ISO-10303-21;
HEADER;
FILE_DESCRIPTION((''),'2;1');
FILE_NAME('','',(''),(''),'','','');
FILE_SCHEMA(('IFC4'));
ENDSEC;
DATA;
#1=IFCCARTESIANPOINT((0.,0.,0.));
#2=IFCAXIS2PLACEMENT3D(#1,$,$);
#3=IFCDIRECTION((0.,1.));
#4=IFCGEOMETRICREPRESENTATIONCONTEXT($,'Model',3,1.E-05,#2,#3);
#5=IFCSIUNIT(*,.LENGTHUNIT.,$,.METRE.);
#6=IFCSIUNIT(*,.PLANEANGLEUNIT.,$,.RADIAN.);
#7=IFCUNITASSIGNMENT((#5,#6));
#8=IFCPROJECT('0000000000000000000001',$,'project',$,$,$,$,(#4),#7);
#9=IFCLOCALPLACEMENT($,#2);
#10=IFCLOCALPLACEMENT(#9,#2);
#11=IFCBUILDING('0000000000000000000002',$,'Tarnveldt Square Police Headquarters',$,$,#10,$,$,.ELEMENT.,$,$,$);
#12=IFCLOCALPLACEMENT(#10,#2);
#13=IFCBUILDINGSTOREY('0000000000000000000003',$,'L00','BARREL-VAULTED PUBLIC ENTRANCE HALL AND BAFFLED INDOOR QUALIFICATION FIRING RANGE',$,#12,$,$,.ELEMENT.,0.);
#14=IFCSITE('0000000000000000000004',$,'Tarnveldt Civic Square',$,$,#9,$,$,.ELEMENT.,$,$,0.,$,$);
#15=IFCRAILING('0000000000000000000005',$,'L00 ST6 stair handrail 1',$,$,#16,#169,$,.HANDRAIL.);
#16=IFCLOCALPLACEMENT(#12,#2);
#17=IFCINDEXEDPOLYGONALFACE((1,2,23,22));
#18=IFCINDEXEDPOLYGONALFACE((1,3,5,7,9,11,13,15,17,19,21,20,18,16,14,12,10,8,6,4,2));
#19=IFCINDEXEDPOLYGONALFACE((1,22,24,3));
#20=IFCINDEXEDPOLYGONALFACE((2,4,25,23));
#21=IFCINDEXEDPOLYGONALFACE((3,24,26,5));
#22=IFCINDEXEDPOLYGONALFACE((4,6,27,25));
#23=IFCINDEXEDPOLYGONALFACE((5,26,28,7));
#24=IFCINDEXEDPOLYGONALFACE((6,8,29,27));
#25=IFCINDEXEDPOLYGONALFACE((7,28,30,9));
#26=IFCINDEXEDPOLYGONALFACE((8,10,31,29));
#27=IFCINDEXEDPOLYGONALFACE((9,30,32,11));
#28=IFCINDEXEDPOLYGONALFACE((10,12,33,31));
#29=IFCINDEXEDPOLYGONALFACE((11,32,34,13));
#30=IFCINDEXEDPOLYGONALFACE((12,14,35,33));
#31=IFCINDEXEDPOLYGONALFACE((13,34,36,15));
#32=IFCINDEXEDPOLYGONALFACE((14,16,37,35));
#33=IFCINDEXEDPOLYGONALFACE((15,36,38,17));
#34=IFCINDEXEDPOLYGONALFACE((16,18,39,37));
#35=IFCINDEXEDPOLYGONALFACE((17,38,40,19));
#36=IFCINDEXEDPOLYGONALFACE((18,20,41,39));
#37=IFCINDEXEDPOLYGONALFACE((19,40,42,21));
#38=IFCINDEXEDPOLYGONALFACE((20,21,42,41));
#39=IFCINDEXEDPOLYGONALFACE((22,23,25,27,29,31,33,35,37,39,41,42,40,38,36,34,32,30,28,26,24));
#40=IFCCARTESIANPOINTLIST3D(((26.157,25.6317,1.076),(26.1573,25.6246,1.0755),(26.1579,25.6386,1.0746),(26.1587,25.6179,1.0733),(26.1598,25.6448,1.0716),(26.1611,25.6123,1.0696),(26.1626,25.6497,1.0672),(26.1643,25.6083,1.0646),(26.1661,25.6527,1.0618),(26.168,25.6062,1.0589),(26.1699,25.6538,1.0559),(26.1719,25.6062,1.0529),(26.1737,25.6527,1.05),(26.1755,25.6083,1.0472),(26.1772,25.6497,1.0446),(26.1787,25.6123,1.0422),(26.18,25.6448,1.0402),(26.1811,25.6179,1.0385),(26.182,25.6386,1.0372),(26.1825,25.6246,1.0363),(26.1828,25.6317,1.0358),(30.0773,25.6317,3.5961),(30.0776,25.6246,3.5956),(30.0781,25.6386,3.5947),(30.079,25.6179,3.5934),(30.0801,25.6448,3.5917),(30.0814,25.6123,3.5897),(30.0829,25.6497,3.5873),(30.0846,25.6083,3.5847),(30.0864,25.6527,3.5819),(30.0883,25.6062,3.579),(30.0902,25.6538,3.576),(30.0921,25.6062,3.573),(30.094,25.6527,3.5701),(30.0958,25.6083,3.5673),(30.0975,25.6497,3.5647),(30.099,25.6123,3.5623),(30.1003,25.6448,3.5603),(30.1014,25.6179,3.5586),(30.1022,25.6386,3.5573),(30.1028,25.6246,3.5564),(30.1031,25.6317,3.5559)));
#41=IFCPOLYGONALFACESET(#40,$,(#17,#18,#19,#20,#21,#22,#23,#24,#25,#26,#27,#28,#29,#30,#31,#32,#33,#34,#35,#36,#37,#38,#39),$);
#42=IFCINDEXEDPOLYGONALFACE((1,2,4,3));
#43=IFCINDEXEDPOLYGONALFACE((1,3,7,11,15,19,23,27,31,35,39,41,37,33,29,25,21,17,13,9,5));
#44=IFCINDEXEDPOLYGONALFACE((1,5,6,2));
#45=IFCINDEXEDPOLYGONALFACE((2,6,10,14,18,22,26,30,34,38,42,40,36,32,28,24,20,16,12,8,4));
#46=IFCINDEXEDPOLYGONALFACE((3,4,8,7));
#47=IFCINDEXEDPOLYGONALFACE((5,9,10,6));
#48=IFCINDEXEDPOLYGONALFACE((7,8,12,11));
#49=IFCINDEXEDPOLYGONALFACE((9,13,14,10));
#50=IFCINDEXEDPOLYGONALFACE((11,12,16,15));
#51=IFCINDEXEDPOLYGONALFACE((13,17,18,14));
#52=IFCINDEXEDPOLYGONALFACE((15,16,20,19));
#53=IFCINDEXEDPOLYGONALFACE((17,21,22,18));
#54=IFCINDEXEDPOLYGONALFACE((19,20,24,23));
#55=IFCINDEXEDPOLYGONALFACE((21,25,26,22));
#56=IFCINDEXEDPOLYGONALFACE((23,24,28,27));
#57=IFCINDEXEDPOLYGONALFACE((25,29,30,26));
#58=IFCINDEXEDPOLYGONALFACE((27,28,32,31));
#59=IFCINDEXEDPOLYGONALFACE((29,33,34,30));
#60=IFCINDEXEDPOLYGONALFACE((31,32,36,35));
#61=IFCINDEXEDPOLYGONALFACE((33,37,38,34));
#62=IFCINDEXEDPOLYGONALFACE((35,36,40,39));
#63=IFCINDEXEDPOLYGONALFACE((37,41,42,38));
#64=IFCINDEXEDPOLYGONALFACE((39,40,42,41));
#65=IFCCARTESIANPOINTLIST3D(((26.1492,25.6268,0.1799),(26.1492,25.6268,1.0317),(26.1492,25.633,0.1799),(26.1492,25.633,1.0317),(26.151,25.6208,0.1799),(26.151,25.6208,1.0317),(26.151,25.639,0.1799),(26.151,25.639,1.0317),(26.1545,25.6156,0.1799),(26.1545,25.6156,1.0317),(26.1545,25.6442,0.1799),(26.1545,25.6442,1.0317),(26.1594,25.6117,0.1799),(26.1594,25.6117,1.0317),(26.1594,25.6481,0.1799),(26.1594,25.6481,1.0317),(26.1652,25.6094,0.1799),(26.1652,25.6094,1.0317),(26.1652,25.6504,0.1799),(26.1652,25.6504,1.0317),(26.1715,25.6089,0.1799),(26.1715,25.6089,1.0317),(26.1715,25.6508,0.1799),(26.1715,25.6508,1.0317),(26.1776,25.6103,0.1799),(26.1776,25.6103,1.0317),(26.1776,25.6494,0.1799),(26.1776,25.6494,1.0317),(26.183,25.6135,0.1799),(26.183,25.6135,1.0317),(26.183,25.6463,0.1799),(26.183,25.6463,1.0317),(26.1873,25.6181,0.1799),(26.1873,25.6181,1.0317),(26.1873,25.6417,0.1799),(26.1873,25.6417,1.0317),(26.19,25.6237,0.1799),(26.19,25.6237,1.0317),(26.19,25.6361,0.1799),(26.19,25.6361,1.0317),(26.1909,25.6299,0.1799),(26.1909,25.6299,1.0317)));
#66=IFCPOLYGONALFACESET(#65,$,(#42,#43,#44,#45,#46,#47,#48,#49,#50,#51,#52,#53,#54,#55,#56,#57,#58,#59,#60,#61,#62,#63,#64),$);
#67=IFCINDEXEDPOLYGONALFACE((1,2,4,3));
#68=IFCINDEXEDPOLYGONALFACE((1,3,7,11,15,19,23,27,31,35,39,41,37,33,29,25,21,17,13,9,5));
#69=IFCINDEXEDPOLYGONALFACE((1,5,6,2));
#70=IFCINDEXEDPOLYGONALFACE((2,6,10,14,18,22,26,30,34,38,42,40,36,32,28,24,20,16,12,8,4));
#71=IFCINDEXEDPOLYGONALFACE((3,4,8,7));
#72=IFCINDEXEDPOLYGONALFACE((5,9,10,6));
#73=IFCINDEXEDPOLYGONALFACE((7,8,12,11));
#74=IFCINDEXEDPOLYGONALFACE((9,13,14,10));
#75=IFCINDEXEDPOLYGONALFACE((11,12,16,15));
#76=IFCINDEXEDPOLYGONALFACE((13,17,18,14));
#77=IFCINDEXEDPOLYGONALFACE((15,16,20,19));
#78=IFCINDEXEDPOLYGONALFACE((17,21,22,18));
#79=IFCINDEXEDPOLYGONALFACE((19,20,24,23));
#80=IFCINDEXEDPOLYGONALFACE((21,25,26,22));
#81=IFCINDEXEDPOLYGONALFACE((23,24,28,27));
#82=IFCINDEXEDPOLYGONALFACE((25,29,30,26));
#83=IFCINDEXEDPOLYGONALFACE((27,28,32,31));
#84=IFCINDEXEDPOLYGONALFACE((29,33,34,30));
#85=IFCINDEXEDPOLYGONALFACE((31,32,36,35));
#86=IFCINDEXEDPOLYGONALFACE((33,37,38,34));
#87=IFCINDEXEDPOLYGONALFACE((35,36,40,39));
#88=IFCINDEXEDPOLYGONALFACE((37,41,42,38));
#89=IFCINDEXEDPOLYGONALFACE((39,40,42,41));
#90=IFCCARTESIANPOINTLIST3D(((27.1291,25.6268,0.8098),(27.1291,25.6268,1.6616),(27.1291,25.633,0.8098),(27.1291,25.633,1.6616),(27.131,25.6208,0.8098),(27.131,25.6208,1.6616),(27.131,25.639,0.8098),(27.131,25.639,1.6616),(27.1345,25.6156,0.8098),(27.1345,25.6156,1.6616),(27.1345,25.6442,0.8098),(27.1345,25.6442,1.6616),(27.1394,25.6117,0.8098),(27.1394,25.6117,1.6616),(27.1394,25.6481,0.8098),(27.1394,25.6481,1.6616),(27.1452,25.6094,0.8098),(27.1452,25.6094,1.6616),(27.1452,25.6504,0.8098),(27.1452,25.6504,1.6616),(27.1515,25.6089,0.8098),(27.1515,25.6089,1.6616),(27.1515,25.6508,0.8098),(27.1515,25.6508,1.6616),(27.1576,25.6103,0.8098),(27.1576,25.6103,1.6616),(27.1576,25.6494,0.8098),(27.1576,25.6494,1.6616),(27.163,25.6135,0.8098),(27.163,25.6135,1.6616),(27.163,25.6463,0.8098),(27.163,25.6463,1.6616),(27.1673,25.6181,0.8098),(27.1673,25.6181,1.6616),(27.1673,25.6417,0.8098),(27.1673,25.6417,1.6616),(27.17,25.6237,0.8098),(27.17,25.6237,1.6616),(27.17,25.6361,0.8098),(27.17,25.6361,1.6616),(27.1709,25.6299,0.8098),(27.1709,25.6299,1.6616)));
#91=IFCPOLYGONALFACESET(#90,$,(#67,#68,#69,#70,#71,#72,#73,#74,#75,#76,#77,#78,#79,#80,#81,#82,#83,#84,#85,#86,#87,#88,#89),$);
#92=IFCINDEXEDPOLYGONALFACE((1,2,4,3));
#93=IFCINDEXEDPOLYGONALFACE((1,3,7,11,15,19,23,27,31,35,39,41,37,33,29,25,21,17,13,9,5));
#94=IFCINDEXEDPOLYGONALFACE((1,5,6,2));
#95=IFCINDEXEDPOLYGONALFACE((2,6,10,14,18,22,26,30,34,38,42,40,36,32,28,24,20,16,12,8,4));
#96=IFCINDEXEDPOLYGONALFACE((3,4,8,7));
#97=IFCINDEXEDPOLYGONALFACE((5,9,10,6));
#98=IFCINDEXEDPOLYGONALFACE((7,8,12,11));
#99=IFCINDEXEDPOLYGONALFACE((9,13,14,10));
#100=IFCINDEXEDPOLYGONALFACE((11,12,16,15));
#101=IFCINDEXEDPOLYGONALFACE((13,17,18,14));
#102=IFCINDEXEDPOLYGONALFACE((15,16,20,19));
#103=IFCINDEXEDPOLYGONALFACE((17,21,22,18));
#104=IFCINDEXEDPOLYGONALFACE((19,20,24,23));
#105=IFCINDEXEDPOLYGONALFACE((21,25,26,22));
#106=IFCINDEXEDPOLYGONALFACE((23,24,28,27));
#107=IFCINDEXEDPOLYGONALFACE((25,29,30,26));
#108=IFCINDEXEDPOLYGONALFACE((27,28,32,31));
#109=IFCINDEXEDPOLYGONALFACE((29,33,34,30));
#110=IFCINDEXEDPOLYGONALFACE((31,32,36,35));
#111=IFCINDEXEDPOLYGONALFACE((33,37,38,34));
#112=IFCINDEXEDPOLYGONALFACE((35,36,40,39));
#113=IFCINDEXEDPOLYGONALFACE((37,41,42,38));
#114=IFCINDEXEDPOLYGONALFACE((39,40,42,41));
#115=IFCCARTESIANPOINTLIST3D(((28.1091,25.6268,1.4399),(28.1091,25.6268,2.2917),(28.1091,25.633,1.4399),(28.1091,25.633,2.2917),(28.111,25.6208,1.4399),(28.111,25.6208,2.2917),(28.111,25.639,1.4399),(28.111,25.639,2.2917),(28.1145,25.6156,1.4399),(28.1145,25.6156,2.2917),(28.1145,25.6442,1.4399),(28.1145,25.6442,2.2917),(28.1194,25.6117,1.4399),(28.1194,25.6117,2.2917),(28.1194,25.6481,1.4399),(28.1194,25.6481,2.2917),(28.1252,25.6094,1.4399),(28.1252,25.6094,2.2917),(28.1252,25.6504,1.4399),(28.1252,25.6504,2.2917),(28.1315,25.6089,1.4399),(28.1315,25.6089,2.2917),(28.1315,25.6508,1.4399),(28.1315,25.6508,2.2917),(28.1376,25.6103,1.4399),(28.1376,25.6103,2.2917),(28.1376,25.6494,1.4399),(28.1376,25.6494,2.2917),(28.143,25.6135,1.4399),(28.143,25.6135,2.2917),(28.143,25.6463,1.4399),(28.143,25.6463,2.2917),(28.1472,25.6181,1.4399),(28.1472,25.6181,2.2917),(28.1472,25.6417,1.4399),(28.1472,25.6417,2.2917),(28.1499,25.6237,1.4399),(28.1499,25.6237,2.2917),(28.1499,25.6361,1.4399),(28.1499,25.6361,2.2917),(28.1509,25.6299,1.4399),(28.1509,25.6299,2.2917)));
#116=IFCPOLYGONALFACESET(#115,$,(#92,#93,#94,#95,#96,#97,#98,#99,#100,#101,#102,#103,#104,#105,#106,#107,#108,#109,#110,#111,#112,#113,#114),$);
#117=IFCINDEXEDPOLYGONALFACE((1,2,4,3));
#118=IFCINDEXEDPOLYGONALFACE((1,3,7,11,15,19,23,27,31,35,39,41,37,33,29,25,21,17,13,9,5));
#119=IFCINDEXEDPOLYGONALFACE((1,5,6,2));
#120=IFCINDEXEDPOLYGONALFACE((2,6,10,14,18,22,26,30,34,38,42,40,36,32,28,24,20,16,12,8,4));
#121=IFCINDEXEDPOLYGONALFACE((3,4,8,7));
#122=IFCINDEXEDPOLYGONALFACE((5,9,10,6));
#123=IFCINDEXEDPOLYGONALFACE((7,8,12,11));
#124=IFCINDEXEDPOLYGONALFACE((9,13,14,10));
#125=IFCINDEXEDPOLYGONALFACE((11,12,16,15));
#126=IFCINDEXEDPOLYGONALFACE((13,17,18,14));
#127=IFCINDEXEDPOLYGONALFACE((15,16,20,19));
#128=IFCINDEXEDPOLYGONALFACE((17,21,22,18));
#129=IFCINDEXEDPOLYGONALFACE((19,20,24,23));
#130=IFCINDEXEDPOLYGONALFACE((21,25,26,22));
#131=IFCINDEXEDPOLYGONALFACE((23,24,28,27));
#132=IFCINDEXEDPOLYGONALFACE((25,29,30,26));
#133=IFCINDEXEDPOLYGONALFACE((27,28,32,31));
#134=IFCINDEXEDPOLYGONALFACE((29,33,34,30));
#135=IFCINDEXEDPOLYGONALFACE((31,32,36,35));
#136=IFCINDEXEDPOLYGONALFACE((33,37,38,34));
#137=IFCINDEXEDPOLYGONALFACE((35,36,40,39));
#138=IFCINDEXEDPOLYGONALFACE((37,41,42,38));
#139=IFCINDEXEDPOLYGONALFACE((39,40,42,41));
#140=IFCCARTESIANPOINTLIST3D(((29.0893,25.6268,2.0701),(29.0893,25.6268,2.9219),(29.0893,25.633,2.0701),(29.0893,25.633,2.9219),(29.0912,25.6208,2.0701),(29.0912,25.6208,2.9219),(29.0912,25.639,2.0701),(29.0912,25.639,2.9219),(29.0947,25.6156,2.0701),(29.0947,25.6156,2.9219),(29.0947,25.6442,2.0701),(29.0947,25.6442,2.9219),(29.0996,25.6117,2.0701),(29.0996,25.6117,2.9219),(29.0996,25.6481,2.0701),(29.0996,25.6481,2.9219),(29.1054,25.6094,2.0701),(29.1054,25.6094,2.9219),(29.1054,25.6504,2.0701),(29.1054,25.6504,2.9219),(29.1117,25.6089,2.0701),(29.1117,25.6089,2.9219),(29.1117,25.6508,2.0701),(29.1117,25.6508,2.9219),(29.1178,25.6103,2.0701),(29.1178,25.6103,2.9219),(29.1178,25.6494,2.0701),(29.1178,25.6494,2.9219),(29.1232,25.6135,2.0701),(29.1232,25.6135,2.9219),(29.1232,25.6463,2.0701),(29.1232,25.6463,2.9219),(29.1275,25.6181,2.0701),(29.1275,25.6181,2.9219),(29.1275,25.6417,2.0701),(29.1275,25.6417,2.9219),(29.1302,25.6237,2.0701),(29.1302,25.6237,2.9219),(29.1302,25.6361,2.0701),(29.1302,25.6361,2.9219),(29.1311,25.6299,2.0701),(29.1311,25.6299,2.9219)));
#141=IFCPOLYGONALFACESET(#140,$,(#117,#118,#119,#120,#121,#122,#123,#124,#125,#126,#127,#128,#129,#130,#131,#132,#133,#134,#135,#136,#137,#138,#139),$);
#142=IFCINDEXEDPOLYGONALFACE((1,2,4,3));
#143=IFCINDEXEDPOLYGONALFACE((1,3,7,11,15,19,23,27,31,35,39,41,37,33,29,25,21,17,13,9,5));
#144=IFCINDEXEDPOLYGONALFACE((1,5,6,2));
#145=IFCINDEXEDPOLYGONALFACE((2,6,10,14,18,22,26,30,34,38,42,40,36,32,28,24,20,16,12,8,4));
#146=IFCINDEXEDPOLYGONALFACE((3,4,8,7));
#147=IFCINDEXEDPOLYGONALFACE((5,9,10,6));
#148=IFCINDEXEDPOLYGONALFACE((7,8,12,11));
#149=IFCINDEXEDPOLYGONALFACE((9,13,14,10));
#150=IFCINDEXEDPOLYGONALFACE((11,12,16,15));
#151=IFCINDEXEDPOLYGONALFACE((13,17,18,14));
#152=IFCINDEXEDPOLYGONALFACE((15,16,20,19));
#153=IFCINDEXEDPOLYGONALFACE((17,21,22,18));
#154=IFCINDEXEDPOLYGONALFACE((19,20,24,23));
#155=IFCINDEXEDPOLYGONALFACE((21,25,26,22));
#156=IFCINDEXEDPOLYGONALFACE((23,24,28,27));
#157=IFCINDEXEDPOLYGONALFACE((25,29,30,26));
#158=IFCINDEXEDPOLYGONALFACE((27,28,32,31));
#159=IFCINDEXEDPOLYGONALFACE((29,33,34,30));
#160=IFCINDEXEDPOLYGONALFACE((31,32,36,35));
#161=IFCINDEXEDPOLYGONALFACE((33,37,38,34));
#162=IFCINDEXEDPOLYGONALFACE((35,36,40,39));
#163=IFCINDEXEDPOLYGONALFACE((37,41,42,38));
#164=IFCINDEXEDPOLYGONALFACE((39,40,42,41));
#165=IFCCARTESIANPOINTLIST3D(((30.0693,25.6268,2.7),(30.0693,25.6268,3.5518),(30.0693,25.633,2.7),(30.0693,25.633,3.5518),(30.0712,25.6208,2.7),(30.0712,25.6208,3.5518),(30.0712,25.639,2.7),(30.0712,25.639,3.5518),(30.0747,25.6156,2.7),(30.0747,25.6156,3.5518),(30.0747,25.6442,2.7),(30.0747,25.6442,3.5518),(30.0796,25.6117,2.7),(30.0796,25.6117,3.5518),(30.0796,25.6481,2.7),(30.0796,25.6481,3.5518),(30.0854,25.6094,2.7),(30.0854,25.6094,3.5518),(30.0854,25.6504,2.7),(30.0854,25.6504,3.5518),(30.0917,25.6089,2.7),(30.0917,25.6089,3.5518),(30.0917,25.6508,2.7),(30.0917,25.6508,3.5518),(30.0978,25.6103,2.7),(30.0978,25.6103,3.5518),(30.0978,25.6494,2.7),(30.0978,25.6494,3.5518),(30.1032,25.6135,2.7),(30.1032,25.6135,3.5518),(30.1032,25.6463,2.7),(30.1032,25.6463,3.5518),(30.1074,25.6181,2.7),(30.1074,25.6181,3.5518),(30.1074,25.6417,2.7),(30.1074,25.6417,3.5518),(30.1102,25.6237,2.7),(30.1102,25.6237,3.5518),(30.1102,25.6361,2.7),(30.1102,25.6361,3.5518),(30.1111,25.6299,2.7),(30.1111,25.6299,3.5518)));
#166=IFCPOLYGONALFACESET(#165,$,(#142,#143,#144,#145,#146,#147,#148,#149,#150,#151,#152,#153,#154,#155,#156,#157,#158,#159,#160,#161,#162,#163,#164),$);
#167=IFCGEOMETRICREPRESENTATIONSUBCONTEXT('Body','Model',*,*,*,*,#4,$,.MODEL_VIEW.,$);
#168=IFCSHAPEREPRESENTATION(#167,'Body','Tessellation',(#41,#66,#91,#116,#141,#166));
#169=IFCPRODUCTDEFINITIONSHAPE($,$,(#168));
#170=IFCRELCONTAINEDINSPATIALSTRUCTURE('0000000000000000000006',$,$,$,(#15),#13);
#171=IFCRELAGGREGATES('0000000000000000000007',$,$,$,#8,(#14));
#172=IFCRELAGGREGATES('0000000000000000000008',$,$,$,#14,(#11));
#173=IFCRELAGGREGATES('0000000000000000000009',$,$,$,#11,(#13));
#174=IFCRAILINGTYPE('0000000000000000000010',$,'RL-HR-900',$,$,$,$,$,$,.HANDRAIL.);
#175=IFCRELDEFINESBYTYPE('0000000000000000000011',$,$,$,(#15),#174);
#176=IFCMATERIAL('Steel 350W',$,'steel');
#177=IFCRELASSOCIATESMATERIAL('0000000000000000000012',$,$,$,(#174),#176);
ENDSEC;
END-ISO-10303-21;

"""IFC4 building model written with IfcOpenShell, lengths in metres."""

from ifc_helpers import new_model, si_unit, direction, frame, origin, origin_2d, place, context, subcontext, project, spatial, circle, extrude, material, type_object, element, save


model = new_model("IFC4")

# Units and contexts
model_context = context("Model", 3, precision=1e-05, world=origin(), true_north=direction((0.0, 1.0)))
body_context = subcontext(model_context, "Body", "Model", "MODEL_VIEW")
ifc_project = project(units=[si_unit("LENGTHUNIT", "METRE"), si_unit("PLANEANGLEUNIT", "RADIAN")], contexts=[model_context])

# Site, building, storey
site_placement = place(None, origin())
site = spatial("IfcSite", under=ifc_project, at=site_placement, Name="Tarnveldt Civic Square", CompositionType="ELEMENT", RefElevation=0.0)
building_placement = place(site_placement, origin())
building = spatial("IfcBuilding", under=site, at=building_placement, Name="Tarnveldt Square Police Headquarters", CompositionType="ELEMENT")
storey_placement = place(building_placement, origin())
storey = spatial("IfcBuildingStorey", under=building, at=storey_placement, Name="L00", Description="BARREL-VAULTED PUBLIC ENTRANCE HALL AND BAFFLED INDOOR QUALIFICATION FIRING RANGE", CompositionType="ELEMENT", Elevation=0.0)

# Shared definitions
ifc_material_1 = material(Name="Steel 350W", Category="steel")

# Railing
railing_type_1 = type_object("IfcRailingType", Name="RL-HR-900", PredefinedType="HANDRAIL", material=ifc_material_1)
railing_1_placement = place(storey_placement, frame((26.1699, 25.6299, 0.1799)))
element("IfcRailing", 1, at=railing_1_placement, inside=storey, type_object=railing_type_1, Name="L00 ST6 stair handrail 1", PredefinedType="HANDRAIL", context=body_context, shape_type="SweptSolid", body=[
    extrude(circle(Radius=0.0239, at=origin_2d()), frame((0.0, 0.0, 0.876), z_axis=(0.841187, 0.0, 0.540744), x_axis=(0.0, 1.0, 0.0)), (0.0, 0.0, 1.0), 4.6604),
    extrude(circle(Radius=0.021, at=origin_2d()), origin(), (0.0, 0.0, 1.0), 0.8518),
    extrude(circle(Radius=0.021, at=origin_2d()), frame((0.98, 0.0, 0.6299)), (0.0, 0.0, 1.0), 0.8518),
    extrude(circle(Radius=0.021, at=origin_2d()), frame((1.96, 0.0, 1.26)), (0.0, 0.0, 1.0), 0.8518),
    extrude(circle(Radius=0.021, at=origin_2d()), frame((2.9402, 0.0, 1.8901)), (0.0, 0.0, 1.0), 0.8518),
    extrude(circle(Radius=0.021, at=origin_2d()), frame((3.9202, 0.0, 2.52)), (0.0, 0.0, 1.0), 0.8518),
])

save(model, "model.ifc")
